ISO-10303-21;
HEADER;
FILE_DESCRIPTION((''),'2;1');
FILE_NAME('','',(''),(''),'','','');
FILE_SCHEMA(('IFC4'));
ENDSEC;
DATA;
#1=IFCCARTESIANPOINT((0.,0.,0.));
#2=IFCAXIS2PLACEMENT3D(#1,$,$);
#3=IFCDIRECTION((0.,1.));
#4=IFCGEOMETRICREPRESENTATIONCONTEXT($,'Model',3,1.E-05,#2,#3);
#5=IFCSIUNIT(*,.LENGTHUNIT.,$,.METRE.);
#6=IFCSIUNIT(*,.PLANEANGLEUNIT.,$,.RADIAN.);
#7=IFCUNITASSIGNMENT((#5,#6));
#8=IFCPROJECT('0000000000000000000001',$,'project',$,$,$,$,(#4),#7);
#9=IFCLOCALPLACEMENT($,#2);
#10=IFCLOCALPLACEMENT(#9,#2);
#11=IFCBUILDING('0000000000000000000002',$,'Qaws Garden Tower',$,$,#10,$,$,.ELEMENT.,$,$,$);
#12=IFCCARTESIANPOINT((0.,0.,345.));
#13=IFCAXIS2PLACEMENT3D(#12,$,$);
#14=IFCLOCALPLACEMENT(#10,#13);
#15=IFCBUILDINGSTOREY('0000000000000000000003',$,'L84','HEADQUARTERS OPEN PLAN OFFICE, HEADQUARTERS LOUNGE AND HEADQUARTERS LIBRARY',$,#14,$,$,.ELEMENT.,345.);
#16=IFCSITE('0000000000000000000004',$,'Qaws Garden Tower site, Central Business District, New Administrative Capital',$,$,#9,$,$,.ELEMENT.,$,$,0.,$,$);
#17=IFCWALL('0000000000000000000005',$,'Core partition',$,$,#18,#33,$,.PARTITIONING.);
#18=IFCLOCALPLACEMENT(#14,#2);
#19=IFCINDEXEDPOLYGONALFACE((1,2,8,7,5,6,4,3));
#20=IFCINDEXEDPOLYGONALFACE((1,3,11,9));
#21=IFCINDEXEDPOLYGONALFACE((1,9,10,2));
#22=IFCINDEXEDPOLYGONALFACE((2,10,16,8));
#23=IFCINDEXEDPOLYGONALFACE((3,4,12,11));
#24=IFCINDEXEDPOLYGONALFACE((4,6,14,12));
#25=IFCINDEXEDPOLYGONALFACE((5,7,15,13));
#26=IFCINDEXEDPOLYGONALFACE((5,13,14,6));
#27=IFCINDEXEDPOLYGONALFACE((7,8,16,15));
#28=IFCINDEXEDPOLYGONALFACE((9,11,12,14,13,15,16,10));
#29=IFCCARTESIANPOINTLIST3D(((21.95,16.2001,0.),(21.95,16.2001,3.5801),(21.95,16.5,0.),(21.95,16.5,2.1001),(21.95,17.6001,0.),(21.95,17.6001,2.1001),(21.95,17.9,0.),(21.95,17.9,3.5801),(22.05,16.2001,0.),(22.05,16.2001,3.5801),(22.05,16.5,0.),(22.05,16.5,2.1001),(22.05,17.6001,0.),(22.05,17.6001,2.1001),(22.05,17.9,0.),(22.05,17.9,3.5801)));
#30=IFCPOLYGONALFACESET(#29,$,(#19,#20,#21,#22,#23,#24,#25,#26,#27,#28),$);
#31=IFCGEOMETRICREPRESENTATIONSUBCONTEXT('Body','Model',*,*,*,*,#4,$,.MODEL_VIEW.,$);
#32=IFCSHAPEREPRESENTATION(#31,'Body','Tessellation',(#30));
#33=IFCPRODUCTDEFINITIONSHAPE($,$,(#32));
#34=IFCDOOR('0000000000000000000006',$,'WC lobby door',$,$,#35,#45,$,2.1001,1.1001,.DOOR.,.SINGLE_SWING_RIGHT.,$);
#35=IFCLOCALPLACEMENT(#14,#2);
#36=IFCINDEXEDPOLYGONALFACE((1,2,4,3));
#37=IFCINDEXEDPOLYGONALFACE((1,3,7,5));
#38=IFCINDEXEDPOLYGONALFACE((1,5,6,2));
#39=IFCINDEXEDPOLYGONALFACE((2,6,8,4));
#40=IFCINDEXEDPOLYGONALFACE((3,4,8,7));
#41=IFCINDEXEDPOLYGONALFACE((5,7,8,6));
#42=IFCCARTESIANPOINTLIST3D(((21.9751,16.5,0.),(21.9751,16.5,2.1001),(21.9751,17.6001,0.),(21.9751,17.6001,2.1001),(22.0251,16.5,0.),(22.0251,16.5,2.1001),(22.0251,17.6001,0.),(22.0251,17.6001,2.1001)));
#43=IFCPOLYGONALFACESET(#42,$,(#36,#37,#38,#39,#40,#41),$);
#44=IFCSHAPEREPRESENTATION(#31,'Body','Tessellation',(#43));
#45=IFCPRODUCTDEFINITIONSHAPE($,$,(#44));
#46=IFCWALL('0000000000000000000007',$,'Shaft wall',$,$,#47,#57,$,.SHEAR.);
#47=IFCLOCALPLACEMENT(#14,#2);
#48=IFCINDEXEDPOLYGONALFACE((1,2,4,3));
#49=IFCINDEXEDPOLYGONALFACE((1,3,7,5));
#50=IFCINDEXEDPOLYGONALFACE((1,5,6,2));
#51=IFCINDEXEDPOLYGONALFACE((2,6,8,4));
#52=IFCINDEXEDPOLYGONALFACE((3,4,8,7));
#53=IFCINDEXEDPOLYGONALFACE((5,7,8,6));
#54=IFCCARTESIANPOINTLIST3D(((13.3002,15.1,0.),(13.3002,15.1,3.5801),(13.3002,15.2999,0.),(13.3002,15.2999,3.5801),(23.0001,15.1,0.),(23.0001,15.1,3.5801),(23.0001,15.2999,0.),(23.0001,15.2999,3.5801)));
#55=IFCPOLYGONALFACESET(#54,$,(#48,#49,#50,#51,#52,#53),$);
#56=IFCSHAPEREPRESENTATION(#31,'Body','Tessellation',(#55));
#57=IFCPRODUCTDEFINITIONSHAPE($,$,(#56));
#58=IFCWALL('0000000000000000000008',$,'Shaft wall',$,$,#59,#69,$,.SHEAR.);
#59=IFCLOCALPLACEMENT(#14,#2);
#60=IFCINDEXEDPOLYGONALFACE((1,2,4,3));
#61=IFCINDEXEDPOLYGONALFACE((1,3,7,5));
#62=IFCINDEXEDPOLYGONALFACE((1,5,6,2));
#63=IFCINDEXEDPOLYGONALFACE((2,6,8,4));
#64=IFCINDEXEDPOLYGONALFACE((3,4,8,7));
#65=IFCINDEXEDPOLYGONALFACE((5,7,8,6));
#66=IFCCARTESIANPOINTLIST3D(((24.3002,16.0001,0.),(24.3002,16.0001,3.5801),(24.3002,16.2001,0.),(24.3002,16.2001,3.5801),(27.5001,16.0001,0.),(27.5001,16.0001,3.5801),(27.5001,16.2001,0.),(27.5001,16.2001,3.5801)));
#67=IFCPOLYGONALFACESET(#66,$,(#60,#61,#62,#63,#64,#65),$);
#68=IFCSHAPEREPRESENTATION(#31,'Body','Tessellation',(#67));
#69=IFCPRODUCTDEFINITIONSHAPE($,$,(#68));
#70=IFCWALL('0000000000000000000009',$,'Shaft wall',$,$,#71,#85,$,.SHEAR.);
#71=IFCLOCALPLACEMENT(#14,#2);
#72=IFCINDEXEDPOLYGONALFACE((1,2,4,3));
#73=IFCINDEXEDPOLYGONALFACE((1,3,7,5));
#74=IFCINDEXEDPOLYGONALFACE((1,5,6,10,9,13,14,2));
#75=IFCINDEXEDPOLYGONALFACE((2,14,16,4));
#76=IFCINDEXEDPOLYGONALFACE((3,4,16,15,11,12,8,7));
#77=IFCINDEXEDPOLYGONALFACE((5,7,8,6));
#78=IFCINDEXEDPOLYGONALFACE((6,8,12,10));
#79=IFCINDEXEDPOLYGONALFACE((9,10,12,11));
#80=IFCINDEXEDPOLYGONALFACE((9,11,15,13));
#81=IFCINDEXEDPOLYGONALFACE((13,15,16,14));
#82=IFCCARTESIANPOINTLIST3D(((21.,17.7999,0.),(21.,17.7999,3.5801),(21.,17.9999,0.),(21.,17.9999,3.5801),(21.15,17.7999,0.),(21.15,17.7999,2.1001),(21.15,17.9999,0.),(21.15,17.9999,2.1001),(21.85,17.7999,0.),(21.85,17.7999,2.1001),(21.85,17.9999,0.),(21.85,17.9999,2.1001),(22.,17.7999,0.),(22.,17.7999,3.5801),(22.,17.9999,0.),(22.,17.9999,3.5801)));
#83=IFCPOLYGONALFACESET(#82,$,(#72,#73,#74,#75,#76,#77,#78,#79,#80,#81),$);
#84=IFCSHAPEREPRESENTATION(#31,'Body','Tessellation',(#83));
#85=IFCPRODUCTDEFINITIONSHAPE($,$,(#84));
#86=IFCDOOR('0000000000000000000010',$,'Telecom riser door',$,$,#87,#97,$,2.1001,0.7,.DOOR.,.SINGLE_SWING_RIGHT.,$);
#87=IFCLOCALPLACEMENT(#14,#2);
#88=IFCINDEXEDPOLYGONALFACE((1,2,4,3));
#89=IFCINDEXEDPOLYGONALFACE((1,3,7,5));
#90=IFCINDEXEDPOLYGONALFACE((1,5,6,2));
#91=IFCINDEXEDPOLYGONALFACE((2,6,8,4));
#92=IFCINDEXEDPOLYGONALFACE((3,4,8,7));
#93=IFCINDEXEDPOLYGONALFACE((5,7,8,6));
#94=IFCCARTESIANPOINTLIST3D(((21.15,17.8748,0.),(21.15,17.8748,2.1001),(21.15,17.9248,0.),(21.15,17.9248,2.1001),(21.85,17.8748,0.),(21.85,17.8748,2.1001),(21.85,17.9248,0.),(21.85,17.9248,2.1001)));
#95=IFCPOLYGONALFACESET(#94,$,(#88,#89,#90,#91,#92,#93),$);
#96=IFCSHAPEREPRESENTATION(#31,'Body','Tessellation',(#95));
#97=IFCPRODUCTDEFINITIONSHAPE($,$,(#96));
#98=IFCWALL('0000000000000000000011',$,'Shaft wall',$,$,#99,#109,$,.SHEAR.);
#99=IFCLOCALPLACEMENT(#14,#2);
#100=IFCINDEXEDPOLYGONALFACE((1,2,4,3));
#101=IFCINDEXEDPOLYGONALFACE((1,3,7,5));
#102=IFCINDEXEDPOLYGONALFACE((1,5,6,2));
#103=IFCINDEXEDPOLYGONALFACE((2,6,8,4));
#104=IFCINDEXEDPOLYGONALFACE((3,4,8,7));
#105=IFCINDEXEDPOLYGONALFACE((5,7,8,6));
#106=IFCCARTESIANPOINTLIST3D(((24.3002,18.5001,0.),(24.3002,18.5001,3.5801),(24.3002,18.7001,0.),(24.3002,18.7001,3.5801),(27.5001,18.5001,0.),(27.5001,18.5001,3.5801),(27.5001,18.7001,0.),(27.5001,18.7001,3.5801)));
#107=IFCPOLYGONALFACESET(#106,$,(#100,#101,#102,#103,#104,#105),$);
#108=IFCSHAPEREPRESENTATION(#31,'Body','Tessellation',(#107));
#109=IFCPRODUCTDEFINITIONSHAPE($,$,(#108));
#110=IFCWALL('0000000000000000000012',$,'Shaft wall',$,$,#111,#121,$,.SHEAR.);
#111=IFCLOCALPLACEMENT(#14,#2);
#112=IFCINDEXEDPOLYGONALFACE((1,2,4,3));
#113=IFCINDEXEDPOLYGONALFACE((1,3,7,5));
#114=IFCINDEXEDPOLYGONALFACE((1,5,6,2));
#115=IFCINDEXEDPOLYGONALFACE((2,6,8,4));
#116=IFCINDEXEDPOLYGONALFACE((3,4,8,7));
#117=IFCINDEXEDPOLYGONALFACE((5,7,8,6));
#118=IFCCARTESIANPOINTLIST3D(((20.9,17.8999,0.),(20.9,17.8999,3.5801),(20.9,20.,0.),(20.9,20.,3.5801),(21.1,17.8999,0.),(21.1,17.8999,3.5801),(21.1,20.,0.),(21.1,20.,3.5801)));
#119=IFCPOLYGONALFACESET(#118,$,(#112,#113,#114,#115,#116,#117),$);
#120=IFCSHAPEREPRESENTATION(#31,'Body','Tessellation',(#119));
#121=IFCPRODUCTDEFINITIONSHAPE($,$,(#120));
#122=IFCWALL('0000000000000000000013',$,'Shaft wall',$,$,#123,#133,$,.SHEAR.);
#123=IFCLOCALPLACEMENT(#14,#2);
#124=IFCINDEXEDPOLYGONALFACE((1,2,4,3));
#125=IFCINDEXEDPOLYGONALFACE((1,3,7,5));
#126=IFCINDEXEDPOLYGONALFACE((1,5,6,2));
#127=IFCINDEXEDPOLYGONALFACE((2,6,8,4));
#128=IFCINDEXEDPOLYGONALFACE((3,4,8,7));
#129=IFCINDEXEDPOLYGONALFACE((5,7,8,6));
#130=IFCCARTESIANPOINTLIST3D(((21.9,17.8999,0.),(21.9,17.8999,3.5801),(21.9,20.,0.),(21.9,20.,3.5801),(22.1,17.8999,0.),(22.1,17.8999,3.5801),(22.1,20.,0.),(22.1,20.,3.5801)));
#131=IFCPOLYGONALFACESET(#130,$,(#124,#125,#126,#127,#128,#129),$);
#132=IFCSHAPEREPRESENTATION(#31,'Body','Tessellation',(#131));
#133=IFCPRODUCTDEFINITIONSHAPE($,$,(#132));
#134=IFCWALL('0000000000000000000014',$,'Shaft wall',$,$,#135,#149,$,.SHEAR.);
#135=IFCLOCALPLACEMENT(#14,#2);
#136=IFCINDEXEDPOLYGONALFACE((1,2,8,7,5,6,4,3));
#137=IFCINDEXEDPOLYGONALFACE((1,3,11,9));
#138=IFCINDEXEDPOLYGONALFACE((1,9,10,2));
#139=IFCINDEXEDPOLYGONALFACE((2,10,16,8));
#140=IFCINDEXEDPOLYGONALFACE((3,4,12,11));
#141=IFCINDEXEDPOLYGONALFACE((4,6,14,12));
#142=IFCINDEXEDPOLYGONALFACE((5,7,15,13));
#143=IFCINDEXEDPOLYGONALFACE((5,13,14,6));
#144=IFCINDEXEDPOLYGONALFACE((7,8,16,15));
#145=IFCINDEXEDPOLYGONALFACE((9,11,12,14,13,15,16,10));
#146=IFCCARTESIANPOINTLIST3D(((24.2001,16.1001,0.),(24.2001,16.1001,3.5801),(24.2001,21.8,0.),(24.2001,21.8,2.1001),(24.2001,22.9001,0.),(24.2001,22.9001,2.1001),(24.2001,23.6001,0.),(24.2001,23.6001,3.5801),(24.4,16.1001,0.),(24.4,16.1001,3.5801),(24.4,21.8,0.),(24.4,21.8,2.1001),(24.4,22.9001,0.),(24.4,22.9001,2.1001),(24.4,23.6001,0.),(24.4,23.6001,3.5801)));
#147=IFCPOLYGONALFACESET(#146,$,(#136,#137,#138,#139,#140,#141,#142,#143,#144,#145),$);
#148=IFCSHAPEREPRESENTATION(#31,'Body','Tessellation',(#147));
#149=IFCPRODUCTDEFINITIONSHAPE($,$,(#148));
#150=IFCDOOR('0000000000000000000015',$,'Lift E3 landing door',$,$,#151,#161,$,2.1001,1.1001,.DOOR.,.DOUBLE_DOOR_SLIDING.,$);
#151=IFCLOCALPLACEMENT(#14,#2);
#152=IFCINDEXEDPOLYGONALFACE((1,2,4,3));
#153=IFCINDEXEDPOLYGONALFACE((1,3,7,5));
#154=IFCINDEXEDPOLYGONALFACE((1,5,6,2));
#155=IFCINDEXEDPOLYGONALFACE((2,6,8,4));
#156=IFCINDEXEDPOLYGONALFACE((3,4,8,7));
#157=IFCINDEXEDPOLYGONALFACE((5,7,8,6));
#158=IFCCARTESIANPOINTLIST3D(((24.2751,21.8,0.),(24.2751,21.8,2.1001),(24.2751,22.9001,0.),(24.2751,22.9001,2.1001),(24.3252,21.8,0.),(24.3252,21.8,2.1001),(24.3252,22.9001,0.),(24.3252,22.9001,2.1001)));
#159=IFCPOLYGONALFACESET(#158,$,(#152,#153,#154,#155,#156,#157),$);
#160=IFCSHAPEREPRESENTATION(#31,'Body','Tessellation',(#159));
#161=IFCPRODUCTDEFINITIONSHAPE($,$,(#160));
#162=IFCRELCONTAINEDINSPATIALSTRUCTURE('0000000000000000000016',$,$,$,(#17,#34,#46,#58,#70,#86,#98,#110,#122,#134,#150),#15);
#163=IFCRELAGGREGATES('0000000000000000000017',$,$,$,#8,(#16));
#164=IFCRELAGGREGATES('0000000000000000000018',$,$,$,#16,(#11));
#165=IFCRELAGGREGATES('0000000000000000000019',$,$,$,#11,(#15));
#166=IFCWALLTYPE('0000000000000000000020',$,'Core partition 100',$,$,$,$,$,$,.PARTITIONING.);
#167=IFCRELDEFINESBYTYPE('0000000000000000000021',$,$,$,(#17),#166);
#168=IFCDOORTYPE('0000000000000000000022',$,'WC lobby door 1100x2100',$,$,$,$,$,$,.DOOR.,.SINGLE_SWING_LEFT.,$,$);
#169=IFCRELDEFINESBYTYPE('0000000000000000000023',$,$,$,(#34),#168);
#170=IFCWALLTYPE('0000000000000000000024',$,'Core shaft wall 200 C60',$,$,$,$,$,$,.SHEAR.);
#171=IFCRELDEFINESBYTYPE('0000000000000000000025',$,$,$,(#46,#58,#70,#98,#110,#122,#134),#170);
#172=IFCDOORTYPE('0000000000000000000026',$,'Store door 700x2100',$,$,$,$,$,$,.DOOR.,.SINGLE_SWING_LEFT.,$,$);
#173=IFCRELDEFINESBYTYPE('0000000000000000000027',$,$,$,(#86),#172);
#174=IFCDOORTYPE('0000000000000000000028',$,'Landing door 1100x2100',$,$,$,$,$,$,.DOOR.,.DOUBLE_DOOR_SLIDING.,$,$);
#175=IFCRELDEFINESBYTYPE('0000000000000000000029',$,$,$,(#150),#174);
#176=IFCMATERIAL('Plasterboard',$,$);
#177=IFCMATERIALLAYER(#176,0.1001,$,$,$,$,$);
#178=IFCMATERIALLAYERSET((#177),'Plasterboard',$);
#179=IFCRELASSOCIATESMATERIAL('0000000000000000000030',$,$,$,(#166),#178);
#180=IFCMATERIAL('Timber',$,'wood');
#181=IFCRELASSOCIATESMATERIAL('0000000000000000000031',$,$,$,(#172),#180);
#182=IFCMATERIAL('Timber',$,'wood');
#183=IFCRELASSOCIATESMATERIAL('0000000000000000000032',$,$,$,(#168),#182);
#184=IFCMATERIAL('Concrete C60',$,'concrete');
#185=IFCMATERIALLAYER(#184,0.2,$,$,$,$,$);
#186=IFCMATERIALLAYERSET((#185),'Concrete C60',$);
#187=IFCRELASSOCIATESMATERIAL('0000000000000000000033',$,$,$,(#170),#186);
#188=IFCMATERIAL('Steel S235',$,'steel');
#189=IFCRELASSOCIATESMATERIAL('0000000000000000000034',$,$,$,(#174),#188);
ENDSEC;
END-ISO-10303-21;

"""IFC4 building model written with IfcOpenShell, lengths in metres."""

from ifc_helpers import new_model, si_unit, direction, frame, frame_2d, origin, place, context, subcontext, project, spatial, rectangle, extrude, material, layer, layer_set, type_object, element, fill, save


model = new_model("IFC4")

# Units and contexts
model_context = context("Model", 3, precision=1e-05, world=origin(), true_north=direction((0.0, 1.0)))
body_context = subcontext(model_context, "Body", "Model", "MODEL_VIEW")
ifc_project = project(units=[si_unit("LENGTHUNIT", "METRE"), si_unit("PLANEANGLEUNIT", "RADIAN")], contexts=[model_context])

# Site, building, storey
site_placement = place(None, origin())
site = spatial("IfcSite", under=ifc_project, at=site_placement, Name="Qaws Garden Tower site, Central Business District, New Administrative Capital", CompositionType="ELEMENT", RefElevation=0.0)
building_placement = place(site_placement, origin())
building = spatial("IfcBuilding", under=site, at=building_placement, Name="Qaws Garden Tower", CompositionType="ELEMENT")
storey_placement = place(building_placement, frame((0.0, 0.0, 345.0)))
storey = spatial("IfcBuildingStorey", under=building, at=storey_placement, Name="L84", Description="HEADQUARTERS OPEN PLAN OFFICE, HEADQUARTERS LOUNGE AND HEADQUARTERS LIBRARY", CompositionType="ELEMENT", Elevation=345.0)

# Shared definitions
ifc_material_1 = material(Name="Plasterboard")
ifc_layer_1 = layer(ifc_material_1, 0.1001)
ifc_layer_set_1 = layer_set([ifc_layer_1], Name="Plasterboard")
wall_type_1 = type_object("IfcWallType", Name="Core partition 100", PredefinedType="PARTITIONING", material=ifc_layer_set_1)

# Shared definitions
ifc_material_2 = material(Name="Timber", Category="wood")
door_type_1 = type_object("IfcDoorType", Name="Store door 700x2100", OperationType="SINGLE_SWING_LEFT", PredefinedType="DOOR", material=ifc_material_2)

# Wall, opening, door
wall_1_placement = place(storey_placement, frame((22.0, 16.2, 0.0), z_axis=(0.0, 0.0, 1.0), x_axis=(0.0, 1.0, 0.0)))
wall_1 = element("IfcWall", 1, at=wall_1_placement, inside=storey, type_object=wall_type_1, Name="Core partition", PredefinedType="PARTITIONING", context=body_context, shape_type="SweptSolid", body=[
    extrude(rectangle(XDim=1.7, YDim=0.1001, at=frame_2d((0.8501, 0.0))), origin(), (0.0, 0.0, 1.0), 3.5801),
])
opening_1_placement = place(wall_1_placement, frame((0.3, 0.0, 0.0)))
opening_1 = element("IfcOpeningElement", 2, at=opening_1_placement, cuts=wall_1, PredefinedType="OPENING", context=body_context, shape_type="SweptSolid", body=[
    extrude(rectangle(XDim=1.1001, YDim=2.1001, at=frame_2d((0.55, 1.05))), frame((0.0, 0.0601, 0.0), z_axis=(0.0, -1.0, 0.0), x_axis=(1.0, 0.0, 0.0)), (0.0, 0.0, 1.0), 0.1201),
])
ifc_material_3 = material(Name="Timber", Category="wood")
door_type_2 = type_object("IfcDoorType", Name="WC lobby door 1100x2100", OperationType="SINGLE_SWING_LEFT", PredefinedType="DOOR", material=ifc_material_3)
door_1_placement = place(opening_1_placement, origin())
door_1 = element("IfcDoor", 3, at=door_1_placement, inside=storey, type_object=door_type_2, Name="WC lobby door", OperationType="SINGLE_SWING_RIGHT", OverallHeight=2.1001, OverallWidth=1.1001, PredefinedType="DOOR", context=body_context, shape_type="SweptSolid", body=[
    extrude(rectangle(XDim=1.1001, YDim=2.1001, at=frame_2d((0.55, 1.05))), frame((0.0, 0.0249, 0.0), z_axis=(0.0, -1.0, 0.0), x_axis=(1.0, 0.0, 0.0)), (0.0, 0.0, 1.0), 0.05),
])
fill(opening_1, door_1)

# Walls
ifc_material_4 = material(Name="Concrete C60", Category="concrete")
ifc_layer_2 = layer(ifc_material_4, 0.2)
ifc_layer_set_2 = layer_set([ifc_layer_2], Name="Concrete C60")
wall_type_2 = type_object("IfcWallType", Name="Core shaft wall 200 C60", PredefinedType="SHEAR", material=ifc_layer_set_2)
wall_2_placement = place(storey_placement, frame((13.3, 15.2, 0.0), z_axis=(0.0, 0.0, 1.0), x_axis=(1.0, 0.0, 0.0)))
element("IfcWall", 4, at=wall_2_placement, inside=storey, type_object=wall_type_2, Name="Shaft wall", PredefinedType="SHEAR", context=body_context, shape_type="SweptSolid", body=[
    extrude(rectangle(XDim=9.7, YDim=0.2, at=frame_2d((4.8501, 0.0))), origin(), (0.0, 0.0, 1.0), 3.5801),
])
wall_3_placement = place(storey_placement, frame((24.3, 16.1001, 0.0), z_axis=(0.0, 0.0, 1.0), x_axis=(1.0, 0.0, 0.0)))
element("IfcWall", 5, at=wall_3_placement, inside=storey, type_object=wall_type_2, Name="Shaft wall", PredefinedType="SHEAR", context=body_context, shape_type="SweptSolid", body=[
    extrude(rectangle(XDim=3.2, YDim=0.2, at=frame_2d((1.6001, 0.0))), origin(), (0.0, 0.0, 1.0), 3.5801),
])

# Wall, opening, door
wall_4_placement = place(storey_placement, frame((21.0, 17.8999, 0.0), z_axis=(0.0, 0.0, 1.0), x_axis=(1.0, 0.0, 0.0)))
wall_4 = element("IfcWall", 6, at=wall_4_placement, inside=storey, type_object=wall_type_2, Name="Shaft wall", PredefinedType="SHEAR", context=body_context, shape_type="SweptSolid", body=[
    extrude(rectangle(XDim=1.0, YDim=0.2, at=frame_2d((0.5, 0.0))), origin(), (0.0, 0.0, 1.0), 3.5801),
])
opening_2_placement = place(wall_4_placement, frame((0.1499, 0.0, 0.0)))
opening_2 = element("IfcOpeningElement", 7, at=opening_2_placement, cuts=wall_4, PredefinedType="OPENING", context=body_context, shape_type="SweptSolid", body=[
    extrude(rectangle(XDim=0.7, YDim=2.1001, at=frame_2d((0.3501, 1.05))), frame((0.0, 0.1099, 0.0), z_axis=(0.0, -1.0, 0.0), x_axis=(1.0, 0.0, 0.0)), (0.0, 0.0, 1.0), 0.22),
])
door_2_placement = place(opening_2_placement, origin())
door_2 = element("IfcDoor", 8, at=door_2_placement, inside=storey, type_object=door_type_1, Name="Telecom riser door", OperationType="SINGLE_SWING_RIGHT", OverallHeight=2.1001, OverallWidth=0.7, PredefinedType="DOOR", context=body_context, shape_type="SweptSolid", body=[
    extrude(rectangle(XDim=0.7, YDim=2.1001, at=frame_2d((0.3501, 1.05))), frame((0.0, 0.0249, 0.0), z_axis=(0.0, -1.0, 0.0), x_axis=(1.0, 0.0, 0.0)), (0.0, 0.0, 1.0), 0.05),
])
fill(opening_2, door_2)

# Walls
wall_5_placement = place(storey_placement, frame((24.3, 18.6001, 0.0), z_axis=(0.0, 0.0, 1.0), x_axis=(1.0, 0.0, 0.0)))
element("IfcWall", 9, at=wall_5_placement, inside=storey, type_object=wall_type_2, Name="Shaft wall", PredefinedType="SHEAR", context=body_context, shape_type="SweptSolid", body=[
    extrude(rectangle(XDim=3.2, YDim=0.2, at=frame_2d((1.6001, 0.0))), origin(), (0.0, 0.0, 1.0), 3.5801),
])
for number, where, z_axis, x_axis, name in (
    (10, (21.0, 17.8999, 0.0), (0.0, 0.0, 1.0), (0.0, 1.0, 0.0), "Shaft wall"),
    (11, (22.0, 17.8999, 0.0), (0.0, 0.0, 1.0), (0.0, 1.0, 0.0), "Shaft wall"),
):
    element("IfcWall", number, at=place(storey_placement, frame(where, z_axis=z_axis, x_axis=x_axis)), inside=storey, type_object=wall_type_2, Name=name, PredefinedType="SHEAR", context=body_context, shape_type="SweptSolid", body=[
        extrude(rectangle(XDim=2.1001, YDim=0.2, at=frame_2d((1.05, 0.0))), origin(), (0.0, 0.0, 1.0), 3.5801),
    ])

# Wall, opening, door
wall_6_placement = place(storey_placement, frame((24.3, 16.1001, 0.0), z_axis=(0.0, 0.0, 1.0), x_axis=(0.0, 1.0, 0.0)))
wall_6 = element("IfcWall", 12, at=wall_6_placement, inside=storey, type_object=wall_type_2, Name="Shaft wall", PredefinedType="SHEAR", context=body_context, shape_type="SweptSolid", body=[
    extrude(rectangle(XDim=7.5, YDim=0.2, at=frame_2d((3.75, 0.0))), origin(), (0.0, 0.0, 1.0), 3.5801),
])
opening_3_placement = place(wall_6_placement, frame((5.7, 0.0, 0.0)))
opening_3 = element("IfcOpeningElement", 13, at=opening_3_placement, cuts=wall_6, PredefinedType="OPENING", context=body_context, shape_type="SweptSolid", body=[
    extrude(rectangle(XDim=1.1001, YDim=2.1001, at=frame_2d((0.55, 1.05))), frame((0.0, 0.1099, 0.0), z_axis=(0.0, -1.0, 0.0), x_axis=(1.0, 0.0, 0.0)), (0.0, 0.0, 1.0), 0.22),
])
ifc_material_5 = material(Name="Steel S235", Category="steel")
door_type_3 = type_object("IfcDoorType", Name="Landing door 1100x2100", OperationType="DOUBLE_DOOR_SLIDING", PredefinedType="DOOR", material=ifc_material_5)
door_3_placement = place(opening_3_placement, origin())
door_3 = element("IfcDoor", 14, at=door_3_placement, inside=storey, type_object=door_type_3, Name="Lift E3 landing door", OperationType="DOUBLE_DOOR_SLIDING", OverallHeight=2.1001, OverallWidth=1.1001, PredefinedType="DOOR", context=body_context, shape_type="SweptSolid", body=[
    extrude(rectangle(XDim=1.1001, YDim=2.1001, at=frame_2d((0.55, 1.05))), frame((0.0, 0.0249, 0.0), z_axis=(0.0, -1.0, 0.0), x_axis=(1.0, 0.0, 0.0)), (0.0, 0.0, 1.0), 0.05),
])
fill(opening_3, door_3)

save(model, "model.ifc")
